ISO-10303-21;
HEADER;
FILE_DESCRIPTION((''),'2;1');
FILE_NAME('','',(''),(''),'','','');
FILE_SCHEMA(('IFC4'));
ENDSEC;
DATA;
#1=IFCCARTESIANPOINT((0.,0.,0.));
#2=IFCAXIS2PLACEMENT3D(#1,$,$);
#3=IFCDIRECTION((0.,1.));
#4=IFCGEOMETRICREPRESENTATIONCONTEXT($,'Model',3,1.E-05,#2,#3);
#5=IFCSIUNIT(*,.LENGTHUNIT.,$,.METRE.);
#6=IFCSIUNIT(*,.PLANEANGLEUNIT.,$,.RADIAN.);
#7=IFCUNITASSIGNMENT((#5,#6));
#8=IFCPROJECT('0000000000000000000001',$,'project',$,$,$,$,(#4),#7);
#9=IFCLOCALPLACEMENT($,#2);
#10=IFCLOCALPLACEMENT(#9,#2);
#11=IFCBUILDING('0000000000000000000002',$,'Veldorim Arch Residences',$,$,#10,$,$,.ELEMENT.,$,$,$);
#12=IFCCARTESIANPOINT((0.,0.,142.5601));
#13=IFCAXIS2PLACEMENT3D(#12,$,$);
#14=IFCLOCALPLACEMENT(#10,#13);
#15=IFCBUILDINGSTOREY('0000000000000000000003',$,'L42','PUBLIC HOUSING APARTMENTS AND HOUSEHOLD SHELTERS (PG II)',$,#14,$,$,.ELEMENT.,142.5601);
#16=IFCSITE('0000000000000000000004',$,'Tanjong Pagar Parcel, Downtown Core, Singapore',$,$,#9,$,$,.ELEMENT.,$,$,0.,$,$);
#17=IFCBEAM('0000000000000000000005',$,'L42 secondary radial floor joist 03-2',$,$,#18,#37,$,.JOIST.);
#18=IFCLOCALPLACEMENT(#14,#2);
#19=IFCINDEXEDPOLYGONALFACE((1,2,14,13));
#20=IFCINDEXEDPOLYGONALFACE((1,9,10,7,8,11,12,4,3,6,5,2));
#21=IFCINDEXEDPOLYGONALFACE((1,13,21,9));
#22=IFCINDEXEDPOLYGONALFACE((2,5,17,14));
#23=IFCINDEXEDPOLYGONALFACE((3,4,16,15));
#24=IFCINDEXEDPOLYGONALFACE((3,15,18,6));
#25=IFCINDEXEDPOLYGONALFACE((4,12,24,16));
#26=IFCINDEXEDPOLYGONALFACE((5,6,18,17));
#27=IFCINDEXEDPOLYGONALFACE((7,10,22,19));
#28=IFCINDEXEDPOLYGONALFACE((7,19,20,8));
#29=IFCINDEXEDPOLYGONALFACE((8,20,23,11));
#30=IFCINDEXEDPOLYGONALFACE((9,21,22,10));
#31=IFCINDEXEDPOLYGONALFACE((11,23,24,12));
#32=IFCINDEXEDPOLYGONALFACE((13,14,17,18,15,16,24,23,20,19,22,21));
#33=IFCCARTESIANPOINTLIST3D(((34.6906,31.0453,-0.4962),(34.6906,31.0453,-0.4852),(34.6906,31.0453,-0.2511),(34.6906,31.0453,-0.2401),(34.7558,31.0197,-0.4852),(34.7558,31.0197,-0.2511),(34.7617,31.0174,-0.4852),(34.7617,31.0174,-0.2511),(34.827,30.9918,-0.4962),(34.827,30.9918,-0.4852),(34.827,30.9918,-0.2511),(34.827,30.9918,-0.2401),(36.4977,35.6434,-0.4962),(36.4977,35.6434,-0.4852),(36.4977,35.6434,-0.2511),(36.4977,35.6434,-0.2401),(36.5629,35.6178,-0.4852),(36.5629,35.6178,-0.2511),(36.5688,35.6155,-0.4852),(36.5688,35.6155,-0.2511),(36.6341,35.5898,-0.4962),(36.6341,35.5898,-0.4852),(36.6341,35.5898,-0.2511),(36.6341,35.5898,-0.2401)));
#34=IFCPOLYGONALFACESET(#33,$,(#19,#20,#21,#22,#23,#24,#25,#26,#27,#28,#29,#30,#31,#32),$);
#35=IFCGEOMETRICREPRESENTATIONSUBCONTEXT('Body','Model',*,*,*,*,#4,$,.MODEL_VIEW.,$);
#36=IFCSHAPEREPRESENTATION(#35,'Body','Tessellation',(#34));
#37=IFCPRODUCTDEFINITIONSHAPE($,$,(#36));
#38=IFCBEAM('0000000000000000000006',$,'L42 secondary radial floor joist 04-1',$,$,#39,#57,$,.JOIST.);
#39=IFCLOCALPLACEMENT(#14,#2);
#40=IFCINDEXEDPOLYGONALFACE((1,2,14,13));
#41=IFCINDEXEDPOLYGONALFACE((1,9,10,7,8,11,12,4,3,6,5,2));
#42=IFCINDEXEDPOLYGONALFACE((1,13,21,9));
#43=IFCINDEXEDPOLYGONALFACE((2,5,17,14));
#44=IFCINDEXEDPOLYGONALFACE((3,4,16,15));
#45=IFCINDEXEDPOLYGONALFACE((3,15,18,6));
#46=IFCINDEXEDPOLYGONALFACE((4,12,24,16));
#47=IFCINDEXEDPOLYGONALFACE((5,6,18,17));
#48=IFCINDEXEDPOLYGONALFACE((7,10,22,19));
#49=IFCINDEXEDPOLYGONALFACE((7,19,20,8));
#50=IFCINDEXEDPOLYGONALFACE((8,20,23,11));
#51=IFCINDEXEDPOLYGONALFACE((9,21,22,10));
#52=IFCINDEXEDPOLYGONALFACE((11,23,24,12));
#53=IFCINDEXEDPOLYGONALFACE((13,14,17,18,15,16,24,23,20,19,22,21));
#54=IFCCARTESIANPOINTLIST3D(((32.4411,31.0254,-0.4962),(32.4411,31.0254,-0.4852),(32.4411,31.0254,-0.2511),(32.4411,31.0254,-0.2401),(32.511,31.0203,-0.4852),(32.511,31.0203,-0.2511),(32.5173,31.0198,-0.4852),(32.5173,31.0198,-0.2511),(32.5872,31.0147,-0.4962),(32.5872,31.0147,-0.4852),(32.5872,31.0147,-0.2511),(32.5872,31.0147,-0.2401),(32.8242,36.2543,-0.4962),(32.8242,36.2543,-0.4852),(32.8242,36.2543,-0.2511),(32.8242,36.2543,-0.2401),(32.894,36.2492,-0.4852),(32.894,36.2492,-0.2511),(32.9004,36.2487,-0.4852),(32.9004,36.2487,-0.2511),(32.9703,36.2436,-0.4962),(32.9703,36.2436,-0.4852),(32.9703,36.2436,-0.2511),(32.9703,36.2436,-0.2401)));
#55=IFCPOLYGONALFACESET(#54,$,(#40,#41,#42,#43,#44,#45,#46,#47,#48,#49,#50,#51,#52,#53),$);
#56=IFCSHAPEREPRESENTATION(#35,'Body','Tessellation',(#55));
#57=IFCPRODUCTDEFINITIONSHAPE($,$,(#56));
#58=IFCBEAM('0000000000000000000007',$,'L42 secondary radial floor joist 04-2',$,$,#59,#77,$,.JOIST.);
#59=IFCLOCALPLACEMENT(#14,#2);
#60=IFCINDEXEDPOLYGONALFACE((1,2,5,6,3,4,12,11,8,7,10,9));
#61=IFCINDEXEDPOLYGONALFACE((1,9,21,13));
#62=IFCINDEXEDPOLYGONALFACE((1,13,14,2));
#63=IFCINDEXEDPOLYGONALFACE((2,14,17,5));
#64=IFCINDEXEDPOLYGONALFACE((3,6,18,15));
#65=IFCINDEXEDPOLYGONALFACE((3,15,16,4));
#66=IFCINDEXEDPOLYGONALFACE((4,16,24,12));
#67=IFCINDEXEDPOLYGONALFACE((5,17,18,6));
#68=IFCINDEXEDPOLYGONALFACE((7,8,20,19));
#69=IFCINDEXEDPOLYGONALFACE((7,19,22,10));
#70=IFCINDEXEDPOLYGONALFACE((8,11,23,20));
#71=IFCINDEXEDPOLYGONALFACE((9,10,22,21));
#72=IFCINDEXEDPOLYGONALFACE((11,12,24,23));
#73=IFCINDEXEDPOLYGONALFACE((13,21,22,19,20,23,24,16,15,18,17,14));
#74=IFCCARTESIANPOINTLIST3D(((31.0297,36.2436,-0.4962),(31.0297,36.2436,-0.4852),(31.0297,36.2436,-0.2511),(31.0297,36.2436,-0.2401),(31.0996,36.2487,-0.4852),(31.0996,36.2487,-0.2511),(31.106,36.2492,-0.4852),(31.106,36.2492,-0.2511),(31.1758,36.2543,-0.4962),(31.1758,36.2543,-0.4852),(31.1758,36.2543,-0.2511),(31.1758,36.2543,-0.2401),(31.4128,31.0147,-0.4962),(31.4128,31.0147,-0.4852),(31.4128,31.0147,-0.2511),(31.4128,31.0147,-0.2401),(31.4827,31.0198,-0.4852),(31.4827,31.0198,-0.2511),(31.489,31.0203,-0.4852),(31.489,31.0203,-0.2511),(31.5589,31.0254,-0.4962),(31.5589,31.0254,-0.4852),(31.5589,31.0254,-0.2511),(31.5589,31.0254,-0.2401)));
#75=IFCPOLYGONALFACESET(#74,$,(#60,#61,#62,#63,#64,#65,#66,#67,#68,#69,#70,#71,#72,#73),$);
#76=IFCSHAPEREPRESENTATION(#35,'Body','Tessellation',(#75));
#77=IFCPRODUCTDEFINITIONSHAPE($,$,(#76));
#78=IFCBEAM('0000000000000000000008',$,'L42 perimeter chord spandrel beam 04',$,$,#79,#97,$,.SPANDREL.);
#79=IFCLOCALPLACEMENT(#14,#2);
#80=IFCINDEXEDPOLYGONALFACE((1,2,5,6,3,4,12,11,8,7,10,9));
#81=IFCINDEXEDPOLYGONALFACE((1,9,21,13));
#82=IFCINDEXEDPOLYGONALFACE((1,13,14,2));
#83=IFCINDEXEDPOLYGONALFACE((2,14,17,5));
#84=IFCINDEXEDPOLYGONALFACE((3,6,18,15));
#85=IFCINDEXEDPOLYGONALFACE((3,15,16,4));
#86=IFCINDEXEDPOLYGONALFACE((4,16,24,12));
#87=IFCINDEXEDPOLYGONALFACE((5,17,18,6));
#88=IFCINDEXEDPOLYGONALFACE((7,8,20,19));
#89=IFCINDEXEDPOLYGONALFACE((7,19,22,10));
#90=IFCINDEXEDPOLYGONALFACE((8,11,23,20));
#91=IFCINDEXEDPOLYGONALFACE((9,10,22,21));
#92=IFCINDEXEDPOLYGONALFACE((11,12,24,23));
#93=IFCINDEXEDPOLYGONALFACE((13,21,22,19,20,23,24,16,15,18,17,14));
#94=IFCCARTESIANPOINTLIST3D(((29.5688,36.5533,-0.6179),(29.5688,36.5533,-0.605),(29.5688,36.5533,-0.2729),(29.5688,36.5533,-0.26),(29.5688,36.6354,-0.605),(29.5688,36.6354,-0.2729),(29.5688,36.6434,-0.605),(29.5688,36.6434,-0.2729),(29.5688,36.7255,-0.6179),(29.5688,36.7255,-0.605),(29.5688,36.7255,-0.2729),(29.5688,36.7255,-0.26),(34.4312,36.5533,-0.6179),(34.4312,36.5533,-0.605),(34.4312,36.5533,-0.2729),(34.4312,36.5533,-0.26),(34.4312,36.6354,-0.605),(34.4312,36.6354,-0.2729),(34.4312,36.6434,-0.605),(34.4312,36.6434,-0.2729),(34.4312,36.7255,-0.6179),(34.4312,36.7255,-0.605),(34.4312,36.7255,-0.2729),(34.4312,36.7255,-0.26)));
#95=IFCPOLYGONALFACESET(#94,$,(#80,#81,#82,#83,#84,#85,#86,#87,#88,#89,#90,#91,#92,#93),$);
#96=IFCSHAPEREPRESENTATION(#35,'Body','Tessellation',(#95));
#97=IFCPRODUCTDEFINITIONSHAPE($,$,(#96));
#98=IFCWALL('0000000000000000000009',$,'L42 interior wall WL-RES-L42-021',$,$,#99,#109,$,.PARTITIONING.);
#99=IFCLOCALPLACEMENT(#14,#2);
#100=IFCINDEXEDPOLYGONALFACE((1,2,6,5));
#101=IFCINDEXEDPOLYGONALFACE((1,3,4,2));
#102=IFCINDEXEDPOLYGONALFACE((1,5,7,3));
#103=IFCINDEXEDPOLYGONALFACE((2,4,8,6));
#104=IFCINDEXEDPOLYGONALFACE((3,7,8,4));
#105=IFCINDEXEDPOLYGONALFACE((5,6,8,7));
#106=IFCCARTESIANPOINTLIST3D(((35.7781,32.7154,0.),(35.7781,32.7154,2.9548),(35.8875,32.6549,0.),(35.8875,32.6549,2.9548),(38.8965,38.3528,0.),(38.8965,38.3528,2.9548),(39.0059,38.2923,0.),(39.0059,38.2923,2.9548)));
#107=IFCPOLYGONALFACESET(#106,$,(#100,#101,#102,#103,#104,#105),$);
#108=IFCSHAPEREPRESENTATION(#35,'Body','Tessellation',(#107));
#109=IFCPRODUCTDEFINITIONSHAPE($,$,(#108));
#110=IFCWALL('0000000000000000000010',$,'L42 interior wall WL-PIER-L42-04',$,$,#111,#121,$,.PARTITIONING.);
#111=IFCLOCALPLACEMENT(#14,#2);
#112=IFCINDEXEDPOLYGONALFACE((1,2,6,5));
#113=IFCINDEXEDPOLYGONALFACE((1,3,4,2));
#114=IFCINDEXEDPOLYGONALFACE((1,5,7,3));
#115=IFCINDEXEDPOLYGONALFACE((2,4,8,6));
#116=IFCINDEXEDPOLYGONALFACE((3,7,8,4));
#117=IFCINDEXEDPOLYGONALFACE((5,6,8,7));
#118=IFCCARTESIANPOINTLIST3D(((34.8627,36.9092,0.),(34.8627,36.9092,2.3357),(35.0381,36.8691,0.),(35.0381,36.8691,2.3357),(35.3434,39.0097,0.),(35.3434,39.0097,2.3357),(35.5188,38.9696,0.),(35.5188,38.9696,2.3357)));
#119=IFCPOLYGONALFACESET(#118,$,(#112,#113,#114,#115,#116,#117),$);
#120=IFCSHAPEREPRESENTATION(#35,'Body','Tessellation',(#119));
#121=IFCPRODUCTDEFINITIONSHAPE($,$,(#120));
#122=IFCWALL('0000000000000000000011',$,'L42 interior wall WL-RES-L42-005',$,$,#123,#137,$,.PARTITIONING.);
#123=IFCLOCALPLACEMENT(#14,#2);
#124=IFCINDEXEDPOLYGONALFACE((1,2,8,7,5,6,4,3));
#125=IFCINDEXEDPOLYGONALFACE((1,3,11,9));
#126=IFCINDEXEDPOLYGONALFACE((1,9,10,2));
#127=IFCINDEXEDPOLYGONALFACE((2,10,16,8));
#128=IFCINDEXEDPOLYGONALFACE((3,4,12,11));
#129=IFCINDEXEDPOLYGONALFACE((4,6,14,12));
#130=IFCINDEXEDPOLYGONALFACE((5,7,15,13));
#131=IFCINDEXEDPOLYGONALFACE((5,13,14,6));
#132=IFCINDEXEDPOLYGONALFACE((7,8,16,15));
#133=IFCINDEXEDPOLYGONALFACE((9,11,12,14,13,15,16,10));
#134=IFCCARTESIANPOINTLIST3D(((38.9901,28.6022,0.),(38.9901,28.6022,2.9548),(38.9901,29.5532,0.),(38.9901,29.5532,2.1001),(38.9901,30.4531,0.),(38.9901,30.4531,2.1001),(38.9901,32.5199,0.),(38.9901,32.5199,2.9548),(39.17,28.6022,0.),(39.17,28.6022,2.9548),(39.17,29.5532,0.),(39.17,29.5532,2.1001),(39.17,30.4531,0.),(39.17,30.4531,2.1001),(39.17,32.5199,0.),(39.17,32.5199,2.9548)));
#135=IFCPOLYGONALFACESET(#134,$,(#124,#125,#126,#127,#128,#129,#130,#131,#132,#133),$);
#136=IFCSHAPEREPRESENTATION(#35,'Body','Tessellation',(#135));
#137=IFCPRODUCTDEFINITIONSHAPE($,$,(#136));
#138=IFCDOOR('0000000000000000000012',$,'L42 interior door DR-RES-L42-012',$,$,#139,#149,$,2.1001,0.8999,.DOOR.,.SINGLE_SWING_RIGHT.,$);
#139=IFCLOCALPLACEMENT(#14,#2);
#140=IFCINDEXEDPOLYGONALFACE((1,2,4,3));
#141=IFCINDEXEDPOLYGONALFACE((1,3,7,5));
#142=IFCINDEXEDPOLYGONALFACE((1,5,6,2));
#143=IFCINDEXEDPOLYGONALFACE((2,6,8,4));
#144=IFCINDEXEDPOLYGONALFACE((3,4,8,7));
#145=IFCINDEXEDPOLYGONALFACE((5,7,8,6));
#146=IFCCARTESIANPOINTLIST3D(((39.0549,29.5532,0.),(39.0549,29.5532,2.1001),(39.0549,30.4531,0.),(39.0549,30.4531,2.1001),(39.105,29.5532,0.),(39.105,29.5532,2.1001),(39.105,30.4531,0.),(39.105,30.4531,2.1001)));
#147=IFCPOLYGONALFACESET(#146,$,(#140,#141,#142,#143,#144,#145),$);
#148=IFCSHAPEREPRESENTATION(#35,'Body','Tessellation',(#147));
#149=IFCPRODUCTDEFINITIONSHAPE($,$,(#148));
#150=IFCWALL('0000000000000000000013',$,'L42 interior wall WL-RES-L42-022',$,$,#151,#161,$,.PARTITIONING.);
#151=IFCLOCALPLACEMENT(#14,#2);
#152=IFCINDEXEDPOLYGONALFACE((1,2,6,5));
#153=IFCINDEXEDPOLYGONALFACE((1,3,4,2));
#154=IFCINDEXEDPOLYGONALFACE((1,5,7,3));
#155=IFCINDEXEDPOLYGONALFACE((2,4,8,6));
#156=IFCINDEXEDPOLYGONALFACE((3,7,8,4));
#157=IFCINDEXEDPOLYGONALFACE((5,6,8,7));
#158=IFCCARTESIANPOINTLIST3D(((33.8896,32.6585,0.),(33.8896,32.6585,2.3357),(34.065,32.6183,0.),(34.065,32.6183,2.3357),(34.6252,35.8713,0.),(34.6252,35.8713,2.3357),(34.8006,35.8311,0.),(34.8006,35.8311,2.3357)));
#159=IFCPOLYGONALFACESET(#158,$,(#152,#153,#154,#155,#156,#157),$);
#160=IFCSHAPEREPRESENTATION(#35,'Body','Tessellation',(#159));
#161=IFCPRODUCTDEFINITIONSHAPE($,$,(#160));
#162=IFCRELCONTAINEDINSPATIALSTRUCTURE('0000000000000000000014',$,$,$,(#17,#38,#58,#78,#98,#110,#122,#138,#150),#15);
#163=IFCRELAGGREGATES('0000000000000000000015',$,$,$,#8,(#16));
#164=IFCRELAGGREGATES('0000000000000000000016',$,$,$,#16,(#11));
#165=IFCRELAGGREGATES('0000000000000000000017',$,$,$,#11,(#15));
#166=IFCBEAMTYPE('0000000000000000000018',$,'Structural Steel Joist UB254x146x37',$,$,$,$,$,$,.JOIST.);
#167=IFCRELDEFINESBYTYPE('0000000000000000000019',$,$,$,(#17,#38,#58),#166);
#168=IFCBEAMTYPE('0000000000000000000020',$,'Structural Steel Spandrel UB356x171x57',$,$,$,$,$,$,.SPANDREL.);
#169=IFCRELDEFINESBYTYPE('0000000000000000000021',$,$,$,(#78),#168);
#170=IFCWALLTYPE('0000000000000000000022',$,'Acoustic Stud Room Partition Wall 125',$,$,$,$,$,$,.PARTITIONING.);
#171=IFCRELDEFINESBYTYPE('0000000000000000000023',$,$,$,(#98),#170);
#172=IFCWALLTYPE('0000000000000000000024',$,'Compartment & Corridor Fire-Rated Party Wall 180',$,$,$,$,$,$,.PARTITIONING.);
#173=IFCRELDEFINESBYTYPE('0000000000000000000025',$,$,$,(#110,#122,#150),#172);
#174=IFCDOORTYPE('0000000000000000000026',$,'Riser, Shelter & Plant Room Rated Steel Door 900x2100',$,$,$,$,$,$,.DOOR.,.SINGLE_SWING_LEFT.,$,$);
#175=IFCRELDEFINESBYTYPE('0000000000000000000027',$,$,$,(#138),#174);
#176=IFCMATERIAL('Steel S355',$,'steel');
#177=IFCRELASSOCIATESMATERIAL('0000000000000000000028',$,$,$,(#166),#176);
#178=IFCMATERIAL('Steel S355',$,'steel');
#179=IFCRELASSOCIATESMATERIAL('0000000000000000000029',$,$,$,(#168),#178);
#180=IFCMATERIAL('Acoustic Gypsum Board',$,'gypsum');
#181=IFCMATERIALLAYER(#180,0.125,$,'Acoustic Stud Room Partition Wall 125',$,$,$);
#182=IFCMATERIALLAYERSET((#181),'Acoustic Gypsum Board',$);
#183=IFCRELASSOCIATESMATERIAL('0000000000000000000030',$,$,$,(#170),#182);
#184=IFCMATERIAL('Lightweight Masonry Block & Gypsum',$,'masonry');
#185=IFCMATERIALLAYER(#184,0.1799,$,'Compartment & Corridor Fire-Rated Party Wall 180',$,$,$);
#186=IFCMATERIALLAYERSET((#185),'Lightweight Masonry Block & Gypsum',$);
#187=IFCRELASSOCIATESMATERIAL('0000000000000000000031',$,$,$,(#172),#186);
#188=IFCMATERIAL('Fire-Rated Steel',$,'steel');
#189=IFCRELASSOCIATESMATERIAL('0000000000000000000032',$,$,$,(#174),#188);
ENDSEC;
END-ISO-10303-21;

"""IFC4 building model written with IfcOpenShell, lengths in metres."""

from ifc_helpers import new_model, si_unit, direction, frame, frame_2d, origin, origin_2d, place, context, subcontext, project, spatial, rectangle, i_section, extrude, material, layer, layer_set, material_profile, profile_set, type_object, element, fill, save


model = new_model("IFC4")

# Units and contexts
model_context = context("Model", 3, precision=1e-05, world=origin(), true_north=direction((0.0, 1.0)))
body_context = subcontext(model_context, "Body", "Model", "MODEL_VIEW")
ifc_project = project(units=[si_unit("LENGTHUNIT", "METRE"), si_unit("PLANEANGLEUNIT", "RADIAN")], contexts=[model_context])

# Site, building, storey
site_placement = place(None, origin())
site = spatial("IfcSite", under=ifc_project, at=site_placement, Name="Tanjong Pagar Parcel, Downtown Core, Singapore", CompositionType="ELEMENT", RefElevation=0.0)
building_placement = place(site_placement, origin())
building = spatial("IfcBuilding", under=site, at=building_placement, Name="Veldorim Arch Residences", CompositionType="ELEMENT")
storey_placement = place(building_placement, frame((0.0, 0.0, 142.5601)))
storey = spatial("IfcBuildingStorey", under=building, at=storey_placement, Name="L42", Description="PUBLIC HOUSING APARTMENTS AND HOUSEHOLD SHELTERS (PG II)", CompositionType="ELEMENT", Elevation=142.5601)

# Beams
ifc_material_1 = material(Name="Steel S355", Category="steel")
ifc_material_profile_1 = material_profile(ifc_material_1, i_section(OverallWidth=0.1465, OverallDepth=0.2561, WebThickness=0.0063, FlangeThickness=0.011, at=origin_2d()), Name="UB254x146x37")
ifc_profile_set_1 = profile_set([ifc_material_profile_1], Name="Steel S355")
beam_type_1 = type_object("IfcBeamType", Name="Structural Steel Joist UB254x146x37", PredefinedType="JOIST", material=ifc_profile_set_1)
beam_1_placement = place(storey_placement, frame((34.7588, 31.0186, -0.3682), z_axis=(0.365778, 0.930702, 0.0), x_axis=(-0.930702, 0.365778, 0.0)))
element("IfcBeam", 1, at=beam_1_placement, inside=storey, type_object=beam_type_1, Name="L42 secondary radial floor joist 03-2", PredefinedType="JOIST", context=body_context, shape_type="SweptSolid", body=[
    extrude(i_section(OverallWidth=0.1465, OverallDepth=0.2561, WebThickness=0.0063, FlangeThickness=0.011, at=origin_2d()), origin(), (0.0, 0.0, 1.0), 4.9404),
])
for number, where, z_axis, x_axis, name in (
    (2, (32.5142, 31.02, -0.3682), (0.07306, 0.997328, 0.0), (-0.997328, 0.07306, 0.0), "L42 secondary radial floor joist 04-1"),
    (3, (31.4858, 31.02, -0.3682), (-0.07306, 0.997328, 0.0), (-0.997328, -0.07306, 0.0), "L42 secondary radial floor joist 04-2"),
):
    element("IfcBeam", number, at=place(storey_placement, frame(where, z_axis=z_axis, x_axis=x_axis)), inside=storey, type_object=beam_type_1, Name=name, PredefinedType="JOIST", context=body_context, shape_type="SweptSolid", body=[
        extrude(i_section(OverallWidth=0.1465, OverallDepth=0.2561, WebThickness=0.0063, FlangeThickness=0.011, at=origin_2d()), origin(), (0.0, 0.0, 1.0), 5.2429),
    ])
ifc_material_2 = material(Name="Steel S355", Category="steel")
ifc_material_profile_2 = material_profile(ifc_material_2, i_section(OverallWidth=0.1721, OverallDepth=0.3579, WebThickness=0.0081, FlangeThickness=0.0129, at=origin_2d()), Name="UB356x171x57")
ifc_profile_set_2 = profile_set([ifc_material_profile_2], Name="Steel S355")
beam_type_2 = type_object("IfcBeamType", Name="Structural Steel Spandrel UB356x171x57", PredefinedType="SPANDREL", material=ifc_profile_set_2)
beam_2_placement = place(storey_placement, frame((34.4312, 36.6394, -0.439), z_axis=(-1.0, 0.0, 0.0), x_axis=(0.0, -1.0, 0.0)))
element("IfcBeam", 4, at=beam_2_placement, inside=storey, type_object=beam_type_2, Name="L42 perimeter chord spandrel beam 04", PredefinedType="SPANDREL", context=body_context, shape_type="SweptSolid", body=[
    extrude(i_section(OverallWidth=0.1721, OverallDepth=0.3579, WebThickness=0.0081, FlangeThickness=0.0129, at=origin_2d()), origin(), (0.0, 0.0, 1.0), 4.8623),
])

# Walls
ifc_material_3 = material(Name="Acoustic Gypsum Board", Category="gypsum")
ifc_layer_1 = layer(ifc_material_3, 0.125, Name="Acoustic Stud Room Partition Wall 125")
ifc_layer_set_1 = layer_set([ifc_layer_1], Name="Acoustic Gypsum Board")
wall_type_1 = type_object("IfcWallType", Name="Acoustic Stud Room Partition Wall 125", PredefinedType="PARTITIONING", material=ifc_layer_set_1)
wall_1_placement = place(storey_placement, frame((38.9512, 38.3225, 0.0), z_axis=(0.0, 0.0, 1.0), x_axis=(-0.48404, -0.875046, 0.0)))
element("IfcWall", 5, at=wall_1_placement, inside=storey, type_object=wall_type_1, Name="L42 interior wall WL-RES-L42-021", PredefinedType="PARTITIONING", context=body_context, shape_type="SweptSolid", body=[
    extrude(rectangle(XDim=6.4424, YDim=0.125, at=frame_2d((3.2212, 0.0))), origin(), (0.0, 0.0, 1.0), 2.9548),
])
ifc_material_4 = material(Name="Lightweight Masonry Block & Gypsum", Category="masonry")
ifc_layer_2 = layer(ifc_material_4, 0.1799, Name="Compartment & Corridor Fire-Rated Party Wall 180")
ifc_layer_set_2 = layer_set([ifc_layer_2], Name="Lightweight Masonry Block & Gypsum")
wall_type_2 = type_object("IfcWallType", Name="Compartment & Corridor Fire-Rated Party Wall 180", PredefinedType="PARTITIONING", material=ifc_layer_set_2)
wall_2_placement = place(storey_placement, frame((34.9504, 36.8892, 0.0), z_axis=(0.0, 0.0, 1.0), x_axis=(0.22308, 0.9748, 0.0)))
element("IfcWall", 6, at=wall_2_placement, inside=storey, type_object=wall_type_2, Name="L42 interior wall WL-PIER-L42-04", PredefinedType="PARTITIONING", context=body_context, shape_type="SweptSolid", body=[
    extrude(rectangle(XDim=2.1548, YDim=0.1799, at=frame_2d((1.0774, 0.0))), origin(), (0.0, 0.0, 1.0), 2.3357),
])

# Wall, opening, door
wall_3_placement = place(storey_placement, frame((39.0801, 32.52, 0.0), z_axis=(0.0, 0.0, 1.0), x_axis=(0.0, -1.0, 0.0)))
wall_3 = element("IfcWall", 7, at=wall_3_placement, inside=storey, type_object=wall_type_2, Name="L42 interior wall WL-RES-L42-005", PredefinedType="PARTITIONING", context=body_context, shape_type="SweptSolid", body=[
    extrude(rectangle(XDim=3.9177, YDim=0.1799, at=frame_2d((1.959, 0.0))), origin(), (0.0, 0.0, 1.0), 2.9548),
])
opening_1_placement = place(wall_3_placement, frame((2.0669, 0.0, 0.0)))
opening_1 = element("IfcOpeningElement", 8, at=opening_1_placement, cuts=wall_3, PredefinedType="OPENING", context=body_context, shape_type="SweptSolid", body=[
    extrude(rectangle(XDim=0.8999, YDim=2.1001, at=frame_2d((0.45, 1.05))), frame((0.0, 0.0999, 0.0), z_axis=(0.0, -1.0, 0.0), x_axis=(1.0, 0.0, 0.0)), (0.0, 0.0, 1.0), 0.2),
])
ifc_material_5 = material(Name="Fire-Rated Steel", Category="steel")
door_type = type_object("IfcDoorType", Name="Riser, Shelter & Plant Room Rated Steel Door 900x2100", OperationType="SINGLE_SWING_LEFT", PredefinedType="DOOR", material=ifc_material_5)
door_placement = place(opening_1_placement, origin())
door = element("IfcDoor", 9, at=door_placement, inside=storey, type_object=door_type, Name="L42 interior door DR-RES-L42-012", OperationType="SINGLE_SWING_RIGHT", OverallHeight=2.1001, OverallWidth=0.8999, PredefinedType="DOOR", context=body_context, shape_type="SweptSolid", body=[
    extrude(rectangle(XDim=0.8999, YDim=2.1001, at=frame_2d((0.45, 1.05))), frame((0.0, 0.0249, 0.0), z_axis=(0.0, -1.0, 0.0), x_axis=(1.0, 0.0, 0.0)), (0.0, 0.0, 1.0), 0.05),
])
fill(opening_1, door)

# Wall
wall_4_placement = place(storey_placement, frame((33.9773, 32.6384, 0.0), z_axis=(0.0, 0.0, 1.0), x_axis=(0.223193, 0.974774, 0.0)))
element("IfcWall", 10, at=wall_4_placement, inside=storey, type_object=wall_type_2, Name="L42 interior wall WL-RES-L42-022", PredefinedType="PARTITIONING", context=body_context, shape_type="SweptSolid", body=[
    extrude(rectangle(XDim=3.2959, YDim=0.1799, at=frame_2d((1.6479, 0.0))), origin(), (0.0, 0.0, 1.0), 2.3357),
])

save(model, "model.ifc")
